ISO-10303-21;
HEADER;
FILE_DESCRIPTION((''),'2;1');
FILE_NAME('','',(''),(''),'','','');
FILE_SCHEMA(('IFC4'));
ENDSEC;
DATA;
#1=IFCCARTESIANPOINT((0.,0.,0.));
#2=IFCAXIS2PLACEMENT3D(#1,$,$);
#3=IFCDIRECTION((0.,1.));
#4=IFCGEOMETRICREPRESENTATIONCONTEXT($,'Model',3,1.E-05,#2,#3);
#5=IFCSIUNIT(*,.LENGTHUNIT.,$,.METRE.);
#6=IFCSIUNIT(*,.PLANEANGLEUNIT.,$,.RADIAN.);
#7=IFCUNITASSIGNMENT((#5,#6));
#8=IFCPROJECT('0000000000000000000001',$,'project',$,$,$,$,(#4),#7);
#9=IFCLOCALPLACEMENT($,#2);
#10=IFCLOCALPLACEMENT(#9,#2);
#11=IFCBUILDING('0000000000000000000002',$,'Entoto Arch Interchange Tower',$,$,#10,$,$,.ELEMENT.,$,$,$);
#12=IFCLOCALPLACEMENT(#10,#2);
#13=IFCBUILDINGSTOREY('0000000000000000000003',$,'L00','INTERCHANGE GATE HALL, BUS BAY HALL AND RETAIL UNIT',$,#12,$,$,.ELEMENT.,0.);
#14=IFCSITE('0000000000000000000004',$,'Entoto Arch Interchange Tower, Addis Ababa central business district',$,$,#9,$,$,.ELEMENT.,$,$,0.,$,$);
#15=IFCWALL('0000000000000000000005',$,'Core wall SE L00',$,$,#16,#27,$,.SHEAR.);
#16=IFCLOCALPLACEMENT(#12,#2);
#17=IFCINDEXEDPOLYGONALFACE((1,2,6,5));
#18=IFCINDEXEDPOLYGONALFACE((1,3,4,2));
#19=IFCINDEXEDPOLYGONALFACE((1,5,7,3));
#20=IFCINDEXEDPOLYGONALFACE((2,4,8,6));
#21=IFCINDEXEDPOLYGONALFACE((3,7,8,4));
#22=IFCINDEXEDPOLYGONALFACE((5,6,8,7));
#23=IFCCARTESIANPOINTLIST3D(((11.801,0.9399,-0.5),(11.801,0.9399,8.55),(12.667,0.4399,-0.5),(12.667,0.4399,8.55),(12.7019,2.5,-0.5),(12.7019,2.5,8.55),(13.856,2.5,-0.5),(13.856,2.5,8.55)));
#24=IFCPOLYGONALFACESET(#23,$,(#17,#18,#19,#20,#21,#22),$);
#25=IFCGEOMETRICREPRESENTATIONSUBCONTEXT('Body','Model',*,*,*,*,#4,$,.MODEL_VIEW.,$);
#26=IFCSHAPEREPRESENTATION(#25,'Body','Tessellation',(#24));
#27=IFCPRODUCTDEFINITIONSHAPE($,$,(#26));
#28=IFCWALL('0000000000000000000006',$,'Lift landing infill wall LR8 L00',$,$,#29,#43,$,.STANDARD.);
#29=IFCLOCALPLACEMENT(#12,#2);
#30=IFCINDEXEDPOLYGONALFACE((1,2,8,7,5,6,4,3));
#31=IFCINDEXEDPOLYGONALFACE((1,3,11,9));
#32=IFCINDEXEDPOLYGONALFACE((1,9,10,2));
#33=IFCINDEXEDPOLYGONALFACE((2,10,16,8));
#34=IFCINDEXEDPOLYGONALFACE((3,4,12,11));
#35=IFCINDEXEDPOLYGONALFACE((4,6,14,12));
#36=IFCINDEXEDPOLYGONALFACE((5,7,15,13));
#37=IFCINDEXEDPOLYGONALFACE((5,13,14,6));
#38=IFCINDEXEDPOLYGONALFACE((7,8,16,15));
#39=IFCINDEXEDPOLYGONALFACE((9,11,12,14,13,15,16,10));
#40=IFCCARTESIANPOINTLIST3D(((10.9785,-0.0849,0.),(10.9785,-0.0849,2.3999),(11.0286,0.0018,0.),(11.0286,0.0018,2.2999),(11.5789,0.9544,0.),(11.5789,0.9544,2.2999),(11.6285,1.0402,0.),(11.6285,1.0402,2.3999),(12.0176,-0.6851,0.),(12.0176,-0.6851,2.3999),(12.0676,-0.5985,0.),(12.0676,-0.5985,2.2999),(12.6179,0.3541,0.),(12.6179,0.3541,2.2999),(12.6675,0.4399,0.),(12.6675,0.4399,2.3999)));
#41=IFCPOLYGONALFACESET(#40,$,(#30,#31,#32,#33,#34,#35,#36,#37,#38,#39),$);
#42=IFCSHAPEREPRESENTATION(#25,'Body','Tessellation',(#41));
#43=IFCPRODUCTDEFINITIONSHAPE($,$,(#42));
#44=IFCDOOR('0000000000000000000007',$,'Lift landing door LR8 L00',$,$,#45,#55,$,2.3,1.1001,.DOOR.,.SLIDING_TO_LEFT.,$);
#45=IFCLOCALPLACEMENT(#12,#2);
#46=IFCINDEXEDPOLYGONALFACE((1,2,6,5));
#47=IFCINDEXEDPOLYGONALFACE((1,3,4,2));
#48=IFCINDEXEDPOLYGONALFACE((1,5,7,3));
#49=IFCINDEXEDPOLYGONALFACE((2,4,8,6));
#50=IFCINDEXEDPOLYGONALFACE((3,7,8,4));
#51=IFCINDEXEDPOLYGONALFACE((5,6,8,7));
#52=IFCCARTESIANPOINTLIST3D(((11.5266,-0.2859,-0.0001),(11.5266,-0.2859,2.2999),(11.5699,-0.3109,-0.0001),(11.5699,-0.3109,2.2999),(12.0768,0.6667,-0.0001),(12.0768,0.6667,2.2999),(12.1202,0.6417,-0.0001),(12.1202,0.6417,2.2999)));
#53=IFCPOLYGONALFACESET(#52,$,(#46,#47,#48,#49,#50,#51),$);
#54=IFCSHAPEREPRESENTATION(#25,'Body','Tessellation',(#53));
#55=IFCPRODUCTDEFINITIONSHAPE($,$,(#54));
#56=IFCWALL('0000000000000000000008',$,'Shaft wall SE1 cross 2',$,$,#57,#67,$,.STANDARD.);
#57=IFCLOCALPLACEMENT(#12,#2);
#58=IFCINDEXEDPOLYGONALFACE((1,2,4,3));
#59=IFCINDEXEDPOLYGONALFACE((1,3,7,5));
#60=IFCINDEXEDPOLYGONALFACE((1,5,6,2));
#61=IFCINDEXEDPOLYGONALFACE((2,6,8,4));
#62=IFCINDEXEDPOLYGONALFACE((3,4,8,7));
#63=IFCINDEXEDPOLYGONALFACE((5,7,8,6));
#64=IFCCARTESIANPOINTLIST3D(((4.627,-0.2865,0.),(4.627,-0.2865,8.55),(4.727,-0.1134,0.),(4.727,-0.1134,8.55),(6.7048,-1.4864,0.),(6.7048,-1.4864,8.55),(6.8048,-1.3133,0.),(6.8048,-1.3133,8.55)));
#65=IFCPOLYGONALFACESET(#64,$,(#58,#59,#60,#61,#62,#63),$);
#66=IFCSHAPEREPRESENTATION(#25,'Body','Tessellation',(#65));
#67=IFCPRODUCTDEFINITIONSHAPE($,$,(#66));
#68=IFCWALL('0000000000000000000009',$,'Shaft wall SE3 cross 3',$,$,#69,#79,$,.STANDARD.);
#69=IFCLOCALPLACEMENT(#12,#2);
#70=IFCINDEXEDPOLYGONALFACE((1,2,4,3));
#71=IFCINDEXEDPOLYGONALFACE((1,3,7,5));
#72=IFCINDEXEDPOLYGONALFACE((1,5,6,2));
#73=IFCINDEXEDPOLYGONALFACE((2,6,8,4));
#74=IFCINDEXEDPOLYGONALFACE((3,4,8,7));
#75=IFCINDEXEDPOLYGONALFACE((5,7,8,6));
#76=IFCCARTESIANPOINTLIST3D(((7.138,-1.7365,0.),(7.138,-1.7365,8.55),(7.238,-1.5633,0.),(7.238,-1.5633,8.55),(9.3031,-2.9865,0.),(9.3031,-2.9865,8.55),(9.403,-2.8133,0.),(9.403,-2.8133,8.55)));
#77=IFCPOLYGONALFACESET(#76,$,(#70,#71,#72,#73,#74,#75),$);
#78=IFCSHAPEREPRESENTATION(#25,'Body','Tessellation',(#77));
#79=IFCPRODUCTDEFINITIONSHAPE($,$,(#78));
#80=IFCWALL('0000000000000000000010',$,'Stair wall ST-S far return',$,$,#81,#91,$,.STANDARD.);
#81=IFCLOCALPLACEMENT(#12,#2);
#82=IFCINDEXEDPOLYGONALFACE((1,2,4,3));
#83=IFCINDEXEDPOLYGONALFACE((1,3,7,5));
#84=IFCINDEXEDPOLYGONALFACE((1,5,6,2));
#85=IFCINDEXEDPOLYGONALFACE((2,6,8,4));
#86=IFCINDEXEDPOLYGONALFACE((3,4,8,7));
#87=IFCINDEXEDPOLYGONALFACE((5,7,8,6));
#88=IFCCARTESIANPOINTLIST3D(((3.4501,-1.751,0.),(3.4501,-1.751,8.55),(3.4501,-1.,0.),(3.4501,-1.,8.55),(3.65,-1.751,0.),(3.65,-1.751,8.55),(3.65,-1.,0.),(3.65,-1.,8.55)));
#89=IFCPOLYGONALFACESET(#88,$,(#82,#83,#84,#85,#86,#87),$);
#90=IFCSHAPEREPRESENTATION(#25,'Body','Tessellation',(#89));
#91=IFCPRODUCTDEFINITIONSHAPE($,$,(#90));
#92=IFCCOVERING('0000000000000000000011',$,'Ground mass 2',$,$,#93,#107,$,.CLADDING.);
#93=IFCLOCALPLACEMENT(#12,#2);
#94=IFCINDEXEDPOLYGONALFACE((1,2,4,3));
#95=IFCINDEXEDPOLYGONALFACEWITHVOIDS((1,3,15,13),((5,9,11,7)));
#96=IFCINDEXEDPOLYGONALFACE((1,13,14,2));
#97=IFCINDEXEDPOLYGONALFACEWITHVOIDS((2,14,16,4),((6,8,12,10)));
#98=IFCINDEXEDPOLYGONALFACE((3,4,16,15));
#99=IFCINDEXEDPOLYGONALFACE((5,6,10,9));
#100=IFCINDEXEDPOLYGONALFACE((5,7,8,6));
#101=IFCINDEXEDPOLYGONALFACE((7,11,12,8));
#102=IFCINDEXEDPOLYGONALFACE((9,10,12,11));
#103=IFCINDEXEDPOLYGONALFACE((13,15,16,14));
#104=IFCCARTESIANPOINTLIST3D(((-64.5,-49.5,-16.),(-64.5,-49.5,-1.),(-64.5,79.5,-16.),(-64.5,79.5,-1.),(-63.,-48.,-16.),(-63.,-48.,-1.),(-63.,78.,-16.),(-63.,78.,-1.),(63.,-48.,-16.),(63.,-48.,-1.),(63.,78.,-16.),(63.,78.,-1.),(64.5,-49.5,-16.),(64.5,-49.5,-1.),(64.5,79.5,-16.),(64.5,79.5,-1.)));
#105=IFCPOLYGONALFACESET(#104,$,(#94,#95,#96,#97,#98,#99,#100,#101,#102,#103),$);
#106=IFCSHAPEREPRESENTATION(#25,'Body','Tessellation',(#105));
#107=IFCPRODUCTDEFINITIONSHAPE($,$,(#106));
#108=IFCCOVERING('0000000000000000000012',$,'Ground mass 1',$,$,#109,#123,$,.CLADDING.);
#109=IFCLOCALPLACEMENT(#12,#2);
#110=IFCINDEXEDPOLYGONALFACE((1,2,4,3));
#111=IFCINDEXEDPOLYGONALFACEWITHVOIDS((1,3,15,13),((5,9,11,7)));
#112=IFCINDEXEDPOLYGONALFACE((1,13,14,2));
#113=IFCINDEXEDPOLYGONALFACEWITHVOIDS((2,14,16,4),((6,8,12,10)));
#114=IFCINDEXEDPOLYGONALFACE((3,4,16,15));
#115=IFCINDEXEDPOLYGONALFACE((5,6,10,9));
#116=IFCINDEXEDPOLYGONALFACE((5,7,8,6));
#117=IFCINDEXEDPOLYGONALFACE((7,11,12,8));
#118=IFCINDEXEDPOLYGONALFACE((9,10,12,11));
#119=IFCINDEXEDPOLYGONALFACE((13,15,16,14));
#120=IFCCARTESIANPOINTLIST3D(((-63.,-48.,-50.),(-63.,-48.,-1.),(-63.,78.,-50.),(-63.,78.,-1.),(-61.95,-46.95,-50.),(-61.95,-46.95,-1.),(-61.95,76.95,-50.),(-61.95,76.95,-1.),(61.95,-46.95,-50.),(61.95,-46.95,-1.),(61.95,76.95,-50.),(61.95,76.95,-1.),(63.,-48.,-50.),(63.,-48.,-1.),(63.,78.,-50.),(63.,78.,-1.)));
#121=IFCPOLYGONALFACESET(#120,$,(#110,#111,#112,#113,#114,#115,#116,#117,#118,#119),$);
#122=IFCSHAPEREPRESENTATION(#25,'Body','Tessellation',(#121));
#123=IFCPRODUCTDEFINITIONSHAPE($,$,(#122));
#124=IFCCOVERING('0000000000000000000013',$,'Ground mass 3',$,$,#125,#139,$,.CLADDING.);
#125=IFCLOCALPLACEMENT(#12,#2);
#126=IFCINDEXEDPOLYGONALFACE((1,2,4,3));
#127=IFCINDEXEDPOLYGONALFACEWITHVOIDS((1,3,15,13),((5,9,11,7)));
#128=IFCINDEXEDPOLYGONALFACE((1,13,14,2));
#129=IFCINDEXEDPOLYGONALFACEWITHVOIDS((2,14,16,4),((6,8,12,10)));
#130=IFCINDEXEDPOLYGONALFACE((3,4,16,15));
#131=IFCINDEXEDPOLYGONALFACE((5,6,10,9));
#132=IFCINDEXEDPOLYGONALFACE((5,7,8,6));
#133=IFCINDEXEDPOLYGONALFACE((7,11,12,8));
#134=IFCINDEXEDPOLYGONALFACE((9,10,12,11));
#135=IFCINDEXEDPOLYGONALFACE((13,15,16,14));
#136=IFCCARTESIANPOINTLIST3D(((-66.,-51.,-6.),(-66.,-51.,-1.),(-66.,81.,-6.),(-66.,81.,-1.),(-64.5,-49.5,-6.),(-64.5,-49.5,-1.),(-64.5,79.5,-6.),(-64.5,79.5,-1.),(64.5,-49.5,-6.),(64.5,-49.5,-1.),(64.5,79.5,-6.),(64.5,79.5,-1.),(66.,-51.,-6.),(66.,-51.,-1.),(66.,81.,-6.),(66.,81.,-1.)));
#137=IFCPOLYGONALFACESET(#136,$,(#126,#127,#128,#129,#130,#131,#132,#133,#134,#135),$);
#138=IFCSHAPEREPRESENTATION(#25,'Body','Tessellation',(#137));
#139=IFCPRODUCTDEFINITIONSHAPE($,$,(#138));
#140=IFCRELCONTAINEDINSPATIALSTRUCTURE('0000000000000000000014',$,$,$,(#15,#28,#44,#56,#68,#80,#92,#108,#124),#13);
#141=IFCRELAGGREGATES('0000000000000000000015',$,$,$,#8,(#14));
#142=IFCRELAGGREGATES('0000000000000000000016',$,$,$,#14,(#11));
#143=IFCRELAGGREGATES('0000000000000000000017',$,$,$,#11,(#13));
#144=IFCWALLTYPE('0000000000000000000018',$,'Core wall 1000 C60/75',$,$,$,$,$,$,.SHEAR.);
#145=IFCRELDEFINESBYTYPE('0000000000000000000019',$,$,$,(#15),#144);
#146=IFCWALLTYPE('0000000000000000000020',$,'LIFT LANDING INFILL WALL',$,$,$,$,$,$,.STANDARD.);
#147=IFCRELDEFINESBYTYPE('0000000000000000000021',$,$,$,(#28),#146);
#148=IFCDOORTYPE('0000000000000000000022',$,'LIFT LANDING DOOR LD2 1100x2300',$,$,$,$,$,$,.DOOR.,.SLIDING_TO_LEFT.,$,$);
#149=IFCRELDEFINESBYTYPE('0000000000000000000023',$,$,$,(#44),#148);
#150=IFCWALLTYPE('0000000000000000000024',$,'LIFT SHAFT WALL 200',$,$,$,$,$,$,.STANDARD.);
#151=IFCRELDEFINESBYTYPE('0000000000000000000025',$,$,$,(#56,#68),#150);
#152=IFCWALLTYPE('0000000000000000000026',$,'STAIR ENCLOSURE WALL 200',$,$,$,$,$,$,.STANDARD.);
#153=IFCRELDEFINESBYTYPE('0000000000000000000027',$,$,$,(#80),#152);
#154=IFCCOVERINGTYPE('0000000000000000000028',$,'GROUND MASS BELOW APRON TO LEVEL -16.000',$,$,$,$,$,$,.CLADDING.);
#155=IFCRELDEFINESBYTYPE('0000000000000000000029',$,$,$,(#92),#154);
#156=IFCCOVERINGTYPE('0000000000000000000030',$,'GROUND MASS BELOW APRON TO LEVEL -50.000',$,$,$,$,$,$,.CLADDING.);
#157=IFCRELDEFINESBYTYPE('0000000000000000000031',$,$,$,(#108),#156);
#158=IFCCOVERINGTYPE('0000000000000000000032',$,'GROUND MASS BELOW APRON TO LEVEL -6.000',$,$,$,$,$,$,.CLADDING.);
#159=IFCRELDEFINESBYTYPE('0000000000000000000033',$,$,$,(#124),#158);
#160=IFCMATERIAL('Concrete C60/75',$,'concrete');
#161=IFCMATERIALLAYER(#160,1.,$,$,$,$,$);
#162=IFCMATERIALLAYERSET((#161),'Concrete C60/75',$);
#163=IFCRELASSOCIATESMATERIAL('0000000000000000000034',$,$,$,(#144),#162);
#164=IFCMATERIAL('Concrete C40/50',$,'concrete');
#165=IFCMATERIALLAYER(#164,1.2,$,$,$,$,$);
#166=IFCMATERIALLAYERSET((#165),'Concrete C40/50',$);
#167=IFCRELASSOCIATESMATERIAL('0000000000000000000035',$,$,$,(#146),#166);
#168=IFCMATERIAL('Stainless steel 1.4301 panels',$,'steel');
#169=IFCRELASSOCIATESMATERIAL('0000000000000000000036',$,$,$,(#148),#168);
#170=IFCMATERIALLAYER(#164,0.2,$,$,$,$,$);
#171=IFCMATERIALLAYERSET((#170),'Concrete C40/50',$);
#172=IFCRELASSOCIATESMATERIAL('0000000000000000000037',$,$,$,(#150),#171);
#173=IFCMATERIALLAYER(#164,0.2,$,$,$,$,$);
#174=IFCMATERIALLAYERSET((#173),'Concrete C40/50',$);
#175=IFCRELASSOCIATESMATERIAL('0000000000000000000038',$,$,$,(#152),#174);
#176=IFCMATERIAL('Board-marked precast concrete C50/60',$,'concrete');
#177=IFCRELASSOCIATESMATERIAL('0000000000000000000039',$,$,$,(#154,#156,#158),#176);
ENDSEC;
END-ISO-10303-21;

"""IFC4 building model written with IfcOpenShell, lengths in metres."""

from ifc_helpers import new_model, si_unit, direction, frame, frame_2d, origin, place, context, subcontext, project, spatial, polyline, rectangle, outline, extrude, material, layer, layer_set, type_object, element, fill, save


model = new_model("IFC4")

# Units and contexts
model_context = context("Model", 3, precision=1e-05, world=origin(), true_north=direction((0.0, 1.0)))
body_context = subcontext(model_context, "Body", "Model", "MODEL_VIEW")
ifc_project = project(units=[si_unit("LENGTHUNIT", "METRE"), si_unit("PLANEANGLEUNIT", "RADIAN")], contexts=[model_context])

# Site, building, storey
site_placement = place(None, origin())
site = spatial("IfcSite", under=ifc_project, at=site_placement, Name="Entoto Arch Interchange Tower, Addis Ababa central business district", CompositionType="ELEMENT", RefElevation=0.0)
building_placement = place(site_placement, origin())
building = spatial("IfcBuilding", under=site, at=building_placement, Name="Entoto Arch Interchange Tower", CompositionType="ELEMENT")
storey_placement = place(building_placement, origin())
storey = spatial("IfcBuildingStorey", under=building, at=storey_placement, Name="L00", Description="INTERCHANGE GATE HALL, BUS BAY HALL AND RETAIL UNIT", CompositionType="ELEMENT", Elevation=0.0)

# Shared definitions
ifc_material_1 = material(Name="Concrete C60/75", Category="concrete")

# Shared definitions
ifc_material_2 = material(Name="Concrete C40/50", Category="concrete")

# Wall
ifc_layer_1 = layer(ifc_material_1, 1.0)
ifc_layer_set_1 = layer_set([ifc_layer_1], Name="Concrete C60/75")
wall_type_1 = type_object("IfcWallType", Name="Core wall 1000 C60/75", PredefinedType="SHEAR", material=ifc_layer_set_1)
wall_1_placement = place(storey_placement, frame((0.0, 0.0, -0.5)))
element("IfcWall", 1, at=wall_1_placement, inside=storey, type_object=wall_type_1, Name="Core wall SE L00", PredefinedType="SHEAR", context=body_context, shape_type="SweptSolid", body=[
    extrude(outline(polyline([(11.801, 0.9399), (12.667, 0.4399), (13.856, 2.5), (12.7019, 2.5), (11.801, 0.9399)])), origin(), (0.0, 0.0, 1.0), 9.05),
])

# Wall, opening, door
ifc_layer_2 = layer(ifc_material_2, 1.2)
ifc_layer_set_2 = layer_set([ifc_layer_2], Name="Concrete C40/50")
wall_type_2 = type_object("IfcWallType", Name="LIFT LANDING INFILL WALL", PredefinedType="STANDARD", material=ifc_layer_set_2)
wall_2_placement = place(storey_placement, frame((11.498, -0.385, 0.0), z_axis=(0.0, 0.0, 1.0), x_axis=(0.500221, 0.865898, 0.0)))
wall_2 = element("IfcWall", 2, at=wall_2_placement, inside=storey, type_object=wall_type_2, Name="Lift landing infill wall LR8 L00", PredefinedType="STANDARD", context=body_context, shape_type="SweptSolid", body=[
    extrude(rectangle(XDim=1.2993, YDim=1.2, at=frame_2d((0.6497, 0.0))), origin(), (0.0, 0.0, 1.0), 2.3999),
])
opening_1_placement = place(wall_2_placement, frame((0.1001, 0.0, 0.0)))
opening_1 = element("IfcOpeningElement", 3, at=opening_1_placement, cuts=wall_2, PredefinedType="OPENING", context=body_context, shape_type="SweptSolid", body=[
    extrude(rectangle(XDim=1.1001, YDim=2.3, at=frame_2d((0.55, 1.1499))), frame((0.0, 0.6099, 0.0), z_axis=(0.0, -1.0, 0.0), x_axis=(1.0, 0.0, 0.0)), (0.0, 0.0, 1.0), 1.22),
])
ifc_material_3 = material(Name="Stainless steel 1.4301 panels", Category="steel")
door_type_1 = type_object("IfcDoorType", Name="LIFT LANDING DOOR LD2 1100x2300", OperationType="SLIDING_TO_LEFT", PredefinedType="DOOR", material=ifc_material_3)
door_1_placement = place(opening_1_placement, origin())
door_1 = element("IfcDoor", 4, at=door_1_placement, inside=storey, type_object=door_type_1, Name="Lift landing door LR8 L00", OperationType="SLIDING_TO_LEFT", OverallHeight=2.3, OverallWidth=1.1001, PredefinedType="DOOR", context=body_context, shape_type="SweptSolid", body=[
    extrude(rectangle(XDim=1.1001, YDim=2.3, at=frame_2d((0.55, 1.1499))), frame((0.0, 0.0249, 0.0), z_axis=(0.0, -1.0, 0.0), x_axis=(1.0, 0.0, 0.0)), (0.0, 0.0, 1.0), 0.05),
])
fill(opening_1, door_1)

# Walls
ifc_layer_3 = layer(ifc_material_2, 0.2)
ifc_layer_set_3 = layer_set([ifc_layer_3], Name="Concrete C40/50")
wall_type_3 = type_object("IfcWallType", Name="LIFT SHAFT WALL 200", PredefinedType="STANDARD", material=ifc_layer_set_3)
wall_3_placement = place(storey_placement, frame((4.677, -0.2, 0.0), z_axis=(0.0, 0.0, 1.0), x_axis=(0.865974, -0.500089, 0.0)))
element("IfcWall", 5, at=wall_3_placement, inside=storey, type_object=wall_type_3, Name="Shaft wall SE1 cross 2", PredefinedType="STANDARD", context=body_context, shape_type="SweptSolid", body=[
    extrude(rectangle(XDim=2.3994, YDim=0.2, at=frame_2d((1.1997, 0.0))), origin(), (0.0, 0.0, 1.0), 8.55),
])
wall_4_placement = place(storey_placement, frame((7.188, -1.6499, 0.0), z_axis=(0.0, 0.0, 1.0), x_axis=(0.866023, -0.500004, 0.0)))
element("IfcWall", 6, at=wall_4_placement, inside=storey, type_object=wall_type_3, Name="Shaft wall SE3 cross 3", PredefinedType="STANDARD", context=body_context, shape_type="SweptSolid", body=[
    extrude(rectangle(XDim=2.5, YDim=0.2, at=frame_2d((1.25, 0.0))), origin(), (0.0, 0.0, 1.0), 8.55),
])
ifc_layer_4 = layer(ifc_material_2, 0.2)
ifc_layer_set_4 = layer_set([ifc_layer_4], Name="Concrete C40/50")
wall_type_4 = type_object("IfcWallType", Name="STAIR ENCLOSURE WALL 200", PredefinedType="STANDARD", material=ifc_layer_set_4)
wall_5_placement = place(storey_placement, frame((3.55, -1.0, 0.0), z_axis=(0.0, 0.0, 1.0), x_axis=(0.0, -1.0, 0.0)))
element("IfcWall", 7, at=wall_5_placement, inside=storey, type_object=wall_type_4, Name="Stair wall ST-S far return", PredefinedType="STANDARD", context=body_context, shape_type="SweptSolid", body=[
    extrude(rectangle(XDim=0.751, YDim=0.2, at=frame_2d((0.3755, 0.0))), origin(), (0.0, 0.0, 1.0), 8.55),
])

# Coverings
ifc_material_4 = material(Name="Board-marked precast concrete C50/60", Category="concrete")
covering_type_1 = type_object("IfcCoveringType", Name="GROUND MASS BELOW APRON TO LEVEL -16.000", PredefinedType="CLADDING", material=ifc_material_4)
covering_1_placement = place(storey_placement, frame((0.0, 0.0, -16.0)))
element("IfcCovering", 8, at=covering_1_placement, inside=storey, type_object=covering_type_1, Name="Ground mass 2", PredefinedType="CLADDING", context=body_context, shape_type="SweptSolid", body=[
    extrude(outline(polyline([(-64.5, -49.5), (-64.5, 79.5), (64.5, 79.5), (64.5, -49.5), (-64.5, -49.5)]), holes=[polyline([(63.0, 78.0), (-63.0, 78.0), (-63.0, -48.0), (63.0, -48.0), (63.0, 78.0)])]), origin(), (0.0, 0.0, 1.0), 15.0),
])
covering_type_2 = type_object("IfcCoveringType", Name="GROUND MASS BELOW APRON TO LEVEL -50.000", PredefinedType="CLADDING", material=ifc_material_4)
covering_2_placement = place(storey_placement, frame((0.0, 0.0, -50.0)))
element("IfcCovering", 9, at=covering_2_placement, inside=storey, type_object=covering_type_2, Name="Ground mass 1", PredefinedType="CLADDING", context=body_context, shape_type="SweptSolid", body=[
    extrude(outline(polyline([(-63.0, -48.0), (-63.0, 78.0), (63.0, 78.0), (63.0, -48.0), (-63.0, -48.0)]), holes=[polyline([(61.95, 76.95), (-61.95, 76.95), (-61.95, -46.95), (61.95, -46.95), (61.95, 76.95)])]), origin(), (0.0, 0.0, 1.0), 49.0),
])
covering_type_3 = type_object("IfcCoveringType", Name="GROUND MASS BELOW APRON TO LEVEL -6.000", PredefinedType="CLADDING", material=ifc_material_4)
covering_3_placement = place(storey_placement, frame((0.0, 0.0, -6.0)))
element("IfcCovering", 10, at=covering_3_placement, inside=storey, type_object=covering_type_3, Name="Ground mass 3", PredefinedType="CLADDING", context=body_context, shape_type="SweptSolid", body=[
    extrude(outline(polyline([(-66.0, -51.0), (-66.0, 81.0), (66.0, 81.0), (66.0, -51.0), (-66.0, -51.0)]), holes=[polyline([(64.5, 79.5), (-64.5, 79.5), (-64.5, -49.5), (64.5, -49.5), (64.5, 79.5)])]), origin(), (0.0, 0.0, 1.0), 5.0),
])

save(model, "model.ifc")
